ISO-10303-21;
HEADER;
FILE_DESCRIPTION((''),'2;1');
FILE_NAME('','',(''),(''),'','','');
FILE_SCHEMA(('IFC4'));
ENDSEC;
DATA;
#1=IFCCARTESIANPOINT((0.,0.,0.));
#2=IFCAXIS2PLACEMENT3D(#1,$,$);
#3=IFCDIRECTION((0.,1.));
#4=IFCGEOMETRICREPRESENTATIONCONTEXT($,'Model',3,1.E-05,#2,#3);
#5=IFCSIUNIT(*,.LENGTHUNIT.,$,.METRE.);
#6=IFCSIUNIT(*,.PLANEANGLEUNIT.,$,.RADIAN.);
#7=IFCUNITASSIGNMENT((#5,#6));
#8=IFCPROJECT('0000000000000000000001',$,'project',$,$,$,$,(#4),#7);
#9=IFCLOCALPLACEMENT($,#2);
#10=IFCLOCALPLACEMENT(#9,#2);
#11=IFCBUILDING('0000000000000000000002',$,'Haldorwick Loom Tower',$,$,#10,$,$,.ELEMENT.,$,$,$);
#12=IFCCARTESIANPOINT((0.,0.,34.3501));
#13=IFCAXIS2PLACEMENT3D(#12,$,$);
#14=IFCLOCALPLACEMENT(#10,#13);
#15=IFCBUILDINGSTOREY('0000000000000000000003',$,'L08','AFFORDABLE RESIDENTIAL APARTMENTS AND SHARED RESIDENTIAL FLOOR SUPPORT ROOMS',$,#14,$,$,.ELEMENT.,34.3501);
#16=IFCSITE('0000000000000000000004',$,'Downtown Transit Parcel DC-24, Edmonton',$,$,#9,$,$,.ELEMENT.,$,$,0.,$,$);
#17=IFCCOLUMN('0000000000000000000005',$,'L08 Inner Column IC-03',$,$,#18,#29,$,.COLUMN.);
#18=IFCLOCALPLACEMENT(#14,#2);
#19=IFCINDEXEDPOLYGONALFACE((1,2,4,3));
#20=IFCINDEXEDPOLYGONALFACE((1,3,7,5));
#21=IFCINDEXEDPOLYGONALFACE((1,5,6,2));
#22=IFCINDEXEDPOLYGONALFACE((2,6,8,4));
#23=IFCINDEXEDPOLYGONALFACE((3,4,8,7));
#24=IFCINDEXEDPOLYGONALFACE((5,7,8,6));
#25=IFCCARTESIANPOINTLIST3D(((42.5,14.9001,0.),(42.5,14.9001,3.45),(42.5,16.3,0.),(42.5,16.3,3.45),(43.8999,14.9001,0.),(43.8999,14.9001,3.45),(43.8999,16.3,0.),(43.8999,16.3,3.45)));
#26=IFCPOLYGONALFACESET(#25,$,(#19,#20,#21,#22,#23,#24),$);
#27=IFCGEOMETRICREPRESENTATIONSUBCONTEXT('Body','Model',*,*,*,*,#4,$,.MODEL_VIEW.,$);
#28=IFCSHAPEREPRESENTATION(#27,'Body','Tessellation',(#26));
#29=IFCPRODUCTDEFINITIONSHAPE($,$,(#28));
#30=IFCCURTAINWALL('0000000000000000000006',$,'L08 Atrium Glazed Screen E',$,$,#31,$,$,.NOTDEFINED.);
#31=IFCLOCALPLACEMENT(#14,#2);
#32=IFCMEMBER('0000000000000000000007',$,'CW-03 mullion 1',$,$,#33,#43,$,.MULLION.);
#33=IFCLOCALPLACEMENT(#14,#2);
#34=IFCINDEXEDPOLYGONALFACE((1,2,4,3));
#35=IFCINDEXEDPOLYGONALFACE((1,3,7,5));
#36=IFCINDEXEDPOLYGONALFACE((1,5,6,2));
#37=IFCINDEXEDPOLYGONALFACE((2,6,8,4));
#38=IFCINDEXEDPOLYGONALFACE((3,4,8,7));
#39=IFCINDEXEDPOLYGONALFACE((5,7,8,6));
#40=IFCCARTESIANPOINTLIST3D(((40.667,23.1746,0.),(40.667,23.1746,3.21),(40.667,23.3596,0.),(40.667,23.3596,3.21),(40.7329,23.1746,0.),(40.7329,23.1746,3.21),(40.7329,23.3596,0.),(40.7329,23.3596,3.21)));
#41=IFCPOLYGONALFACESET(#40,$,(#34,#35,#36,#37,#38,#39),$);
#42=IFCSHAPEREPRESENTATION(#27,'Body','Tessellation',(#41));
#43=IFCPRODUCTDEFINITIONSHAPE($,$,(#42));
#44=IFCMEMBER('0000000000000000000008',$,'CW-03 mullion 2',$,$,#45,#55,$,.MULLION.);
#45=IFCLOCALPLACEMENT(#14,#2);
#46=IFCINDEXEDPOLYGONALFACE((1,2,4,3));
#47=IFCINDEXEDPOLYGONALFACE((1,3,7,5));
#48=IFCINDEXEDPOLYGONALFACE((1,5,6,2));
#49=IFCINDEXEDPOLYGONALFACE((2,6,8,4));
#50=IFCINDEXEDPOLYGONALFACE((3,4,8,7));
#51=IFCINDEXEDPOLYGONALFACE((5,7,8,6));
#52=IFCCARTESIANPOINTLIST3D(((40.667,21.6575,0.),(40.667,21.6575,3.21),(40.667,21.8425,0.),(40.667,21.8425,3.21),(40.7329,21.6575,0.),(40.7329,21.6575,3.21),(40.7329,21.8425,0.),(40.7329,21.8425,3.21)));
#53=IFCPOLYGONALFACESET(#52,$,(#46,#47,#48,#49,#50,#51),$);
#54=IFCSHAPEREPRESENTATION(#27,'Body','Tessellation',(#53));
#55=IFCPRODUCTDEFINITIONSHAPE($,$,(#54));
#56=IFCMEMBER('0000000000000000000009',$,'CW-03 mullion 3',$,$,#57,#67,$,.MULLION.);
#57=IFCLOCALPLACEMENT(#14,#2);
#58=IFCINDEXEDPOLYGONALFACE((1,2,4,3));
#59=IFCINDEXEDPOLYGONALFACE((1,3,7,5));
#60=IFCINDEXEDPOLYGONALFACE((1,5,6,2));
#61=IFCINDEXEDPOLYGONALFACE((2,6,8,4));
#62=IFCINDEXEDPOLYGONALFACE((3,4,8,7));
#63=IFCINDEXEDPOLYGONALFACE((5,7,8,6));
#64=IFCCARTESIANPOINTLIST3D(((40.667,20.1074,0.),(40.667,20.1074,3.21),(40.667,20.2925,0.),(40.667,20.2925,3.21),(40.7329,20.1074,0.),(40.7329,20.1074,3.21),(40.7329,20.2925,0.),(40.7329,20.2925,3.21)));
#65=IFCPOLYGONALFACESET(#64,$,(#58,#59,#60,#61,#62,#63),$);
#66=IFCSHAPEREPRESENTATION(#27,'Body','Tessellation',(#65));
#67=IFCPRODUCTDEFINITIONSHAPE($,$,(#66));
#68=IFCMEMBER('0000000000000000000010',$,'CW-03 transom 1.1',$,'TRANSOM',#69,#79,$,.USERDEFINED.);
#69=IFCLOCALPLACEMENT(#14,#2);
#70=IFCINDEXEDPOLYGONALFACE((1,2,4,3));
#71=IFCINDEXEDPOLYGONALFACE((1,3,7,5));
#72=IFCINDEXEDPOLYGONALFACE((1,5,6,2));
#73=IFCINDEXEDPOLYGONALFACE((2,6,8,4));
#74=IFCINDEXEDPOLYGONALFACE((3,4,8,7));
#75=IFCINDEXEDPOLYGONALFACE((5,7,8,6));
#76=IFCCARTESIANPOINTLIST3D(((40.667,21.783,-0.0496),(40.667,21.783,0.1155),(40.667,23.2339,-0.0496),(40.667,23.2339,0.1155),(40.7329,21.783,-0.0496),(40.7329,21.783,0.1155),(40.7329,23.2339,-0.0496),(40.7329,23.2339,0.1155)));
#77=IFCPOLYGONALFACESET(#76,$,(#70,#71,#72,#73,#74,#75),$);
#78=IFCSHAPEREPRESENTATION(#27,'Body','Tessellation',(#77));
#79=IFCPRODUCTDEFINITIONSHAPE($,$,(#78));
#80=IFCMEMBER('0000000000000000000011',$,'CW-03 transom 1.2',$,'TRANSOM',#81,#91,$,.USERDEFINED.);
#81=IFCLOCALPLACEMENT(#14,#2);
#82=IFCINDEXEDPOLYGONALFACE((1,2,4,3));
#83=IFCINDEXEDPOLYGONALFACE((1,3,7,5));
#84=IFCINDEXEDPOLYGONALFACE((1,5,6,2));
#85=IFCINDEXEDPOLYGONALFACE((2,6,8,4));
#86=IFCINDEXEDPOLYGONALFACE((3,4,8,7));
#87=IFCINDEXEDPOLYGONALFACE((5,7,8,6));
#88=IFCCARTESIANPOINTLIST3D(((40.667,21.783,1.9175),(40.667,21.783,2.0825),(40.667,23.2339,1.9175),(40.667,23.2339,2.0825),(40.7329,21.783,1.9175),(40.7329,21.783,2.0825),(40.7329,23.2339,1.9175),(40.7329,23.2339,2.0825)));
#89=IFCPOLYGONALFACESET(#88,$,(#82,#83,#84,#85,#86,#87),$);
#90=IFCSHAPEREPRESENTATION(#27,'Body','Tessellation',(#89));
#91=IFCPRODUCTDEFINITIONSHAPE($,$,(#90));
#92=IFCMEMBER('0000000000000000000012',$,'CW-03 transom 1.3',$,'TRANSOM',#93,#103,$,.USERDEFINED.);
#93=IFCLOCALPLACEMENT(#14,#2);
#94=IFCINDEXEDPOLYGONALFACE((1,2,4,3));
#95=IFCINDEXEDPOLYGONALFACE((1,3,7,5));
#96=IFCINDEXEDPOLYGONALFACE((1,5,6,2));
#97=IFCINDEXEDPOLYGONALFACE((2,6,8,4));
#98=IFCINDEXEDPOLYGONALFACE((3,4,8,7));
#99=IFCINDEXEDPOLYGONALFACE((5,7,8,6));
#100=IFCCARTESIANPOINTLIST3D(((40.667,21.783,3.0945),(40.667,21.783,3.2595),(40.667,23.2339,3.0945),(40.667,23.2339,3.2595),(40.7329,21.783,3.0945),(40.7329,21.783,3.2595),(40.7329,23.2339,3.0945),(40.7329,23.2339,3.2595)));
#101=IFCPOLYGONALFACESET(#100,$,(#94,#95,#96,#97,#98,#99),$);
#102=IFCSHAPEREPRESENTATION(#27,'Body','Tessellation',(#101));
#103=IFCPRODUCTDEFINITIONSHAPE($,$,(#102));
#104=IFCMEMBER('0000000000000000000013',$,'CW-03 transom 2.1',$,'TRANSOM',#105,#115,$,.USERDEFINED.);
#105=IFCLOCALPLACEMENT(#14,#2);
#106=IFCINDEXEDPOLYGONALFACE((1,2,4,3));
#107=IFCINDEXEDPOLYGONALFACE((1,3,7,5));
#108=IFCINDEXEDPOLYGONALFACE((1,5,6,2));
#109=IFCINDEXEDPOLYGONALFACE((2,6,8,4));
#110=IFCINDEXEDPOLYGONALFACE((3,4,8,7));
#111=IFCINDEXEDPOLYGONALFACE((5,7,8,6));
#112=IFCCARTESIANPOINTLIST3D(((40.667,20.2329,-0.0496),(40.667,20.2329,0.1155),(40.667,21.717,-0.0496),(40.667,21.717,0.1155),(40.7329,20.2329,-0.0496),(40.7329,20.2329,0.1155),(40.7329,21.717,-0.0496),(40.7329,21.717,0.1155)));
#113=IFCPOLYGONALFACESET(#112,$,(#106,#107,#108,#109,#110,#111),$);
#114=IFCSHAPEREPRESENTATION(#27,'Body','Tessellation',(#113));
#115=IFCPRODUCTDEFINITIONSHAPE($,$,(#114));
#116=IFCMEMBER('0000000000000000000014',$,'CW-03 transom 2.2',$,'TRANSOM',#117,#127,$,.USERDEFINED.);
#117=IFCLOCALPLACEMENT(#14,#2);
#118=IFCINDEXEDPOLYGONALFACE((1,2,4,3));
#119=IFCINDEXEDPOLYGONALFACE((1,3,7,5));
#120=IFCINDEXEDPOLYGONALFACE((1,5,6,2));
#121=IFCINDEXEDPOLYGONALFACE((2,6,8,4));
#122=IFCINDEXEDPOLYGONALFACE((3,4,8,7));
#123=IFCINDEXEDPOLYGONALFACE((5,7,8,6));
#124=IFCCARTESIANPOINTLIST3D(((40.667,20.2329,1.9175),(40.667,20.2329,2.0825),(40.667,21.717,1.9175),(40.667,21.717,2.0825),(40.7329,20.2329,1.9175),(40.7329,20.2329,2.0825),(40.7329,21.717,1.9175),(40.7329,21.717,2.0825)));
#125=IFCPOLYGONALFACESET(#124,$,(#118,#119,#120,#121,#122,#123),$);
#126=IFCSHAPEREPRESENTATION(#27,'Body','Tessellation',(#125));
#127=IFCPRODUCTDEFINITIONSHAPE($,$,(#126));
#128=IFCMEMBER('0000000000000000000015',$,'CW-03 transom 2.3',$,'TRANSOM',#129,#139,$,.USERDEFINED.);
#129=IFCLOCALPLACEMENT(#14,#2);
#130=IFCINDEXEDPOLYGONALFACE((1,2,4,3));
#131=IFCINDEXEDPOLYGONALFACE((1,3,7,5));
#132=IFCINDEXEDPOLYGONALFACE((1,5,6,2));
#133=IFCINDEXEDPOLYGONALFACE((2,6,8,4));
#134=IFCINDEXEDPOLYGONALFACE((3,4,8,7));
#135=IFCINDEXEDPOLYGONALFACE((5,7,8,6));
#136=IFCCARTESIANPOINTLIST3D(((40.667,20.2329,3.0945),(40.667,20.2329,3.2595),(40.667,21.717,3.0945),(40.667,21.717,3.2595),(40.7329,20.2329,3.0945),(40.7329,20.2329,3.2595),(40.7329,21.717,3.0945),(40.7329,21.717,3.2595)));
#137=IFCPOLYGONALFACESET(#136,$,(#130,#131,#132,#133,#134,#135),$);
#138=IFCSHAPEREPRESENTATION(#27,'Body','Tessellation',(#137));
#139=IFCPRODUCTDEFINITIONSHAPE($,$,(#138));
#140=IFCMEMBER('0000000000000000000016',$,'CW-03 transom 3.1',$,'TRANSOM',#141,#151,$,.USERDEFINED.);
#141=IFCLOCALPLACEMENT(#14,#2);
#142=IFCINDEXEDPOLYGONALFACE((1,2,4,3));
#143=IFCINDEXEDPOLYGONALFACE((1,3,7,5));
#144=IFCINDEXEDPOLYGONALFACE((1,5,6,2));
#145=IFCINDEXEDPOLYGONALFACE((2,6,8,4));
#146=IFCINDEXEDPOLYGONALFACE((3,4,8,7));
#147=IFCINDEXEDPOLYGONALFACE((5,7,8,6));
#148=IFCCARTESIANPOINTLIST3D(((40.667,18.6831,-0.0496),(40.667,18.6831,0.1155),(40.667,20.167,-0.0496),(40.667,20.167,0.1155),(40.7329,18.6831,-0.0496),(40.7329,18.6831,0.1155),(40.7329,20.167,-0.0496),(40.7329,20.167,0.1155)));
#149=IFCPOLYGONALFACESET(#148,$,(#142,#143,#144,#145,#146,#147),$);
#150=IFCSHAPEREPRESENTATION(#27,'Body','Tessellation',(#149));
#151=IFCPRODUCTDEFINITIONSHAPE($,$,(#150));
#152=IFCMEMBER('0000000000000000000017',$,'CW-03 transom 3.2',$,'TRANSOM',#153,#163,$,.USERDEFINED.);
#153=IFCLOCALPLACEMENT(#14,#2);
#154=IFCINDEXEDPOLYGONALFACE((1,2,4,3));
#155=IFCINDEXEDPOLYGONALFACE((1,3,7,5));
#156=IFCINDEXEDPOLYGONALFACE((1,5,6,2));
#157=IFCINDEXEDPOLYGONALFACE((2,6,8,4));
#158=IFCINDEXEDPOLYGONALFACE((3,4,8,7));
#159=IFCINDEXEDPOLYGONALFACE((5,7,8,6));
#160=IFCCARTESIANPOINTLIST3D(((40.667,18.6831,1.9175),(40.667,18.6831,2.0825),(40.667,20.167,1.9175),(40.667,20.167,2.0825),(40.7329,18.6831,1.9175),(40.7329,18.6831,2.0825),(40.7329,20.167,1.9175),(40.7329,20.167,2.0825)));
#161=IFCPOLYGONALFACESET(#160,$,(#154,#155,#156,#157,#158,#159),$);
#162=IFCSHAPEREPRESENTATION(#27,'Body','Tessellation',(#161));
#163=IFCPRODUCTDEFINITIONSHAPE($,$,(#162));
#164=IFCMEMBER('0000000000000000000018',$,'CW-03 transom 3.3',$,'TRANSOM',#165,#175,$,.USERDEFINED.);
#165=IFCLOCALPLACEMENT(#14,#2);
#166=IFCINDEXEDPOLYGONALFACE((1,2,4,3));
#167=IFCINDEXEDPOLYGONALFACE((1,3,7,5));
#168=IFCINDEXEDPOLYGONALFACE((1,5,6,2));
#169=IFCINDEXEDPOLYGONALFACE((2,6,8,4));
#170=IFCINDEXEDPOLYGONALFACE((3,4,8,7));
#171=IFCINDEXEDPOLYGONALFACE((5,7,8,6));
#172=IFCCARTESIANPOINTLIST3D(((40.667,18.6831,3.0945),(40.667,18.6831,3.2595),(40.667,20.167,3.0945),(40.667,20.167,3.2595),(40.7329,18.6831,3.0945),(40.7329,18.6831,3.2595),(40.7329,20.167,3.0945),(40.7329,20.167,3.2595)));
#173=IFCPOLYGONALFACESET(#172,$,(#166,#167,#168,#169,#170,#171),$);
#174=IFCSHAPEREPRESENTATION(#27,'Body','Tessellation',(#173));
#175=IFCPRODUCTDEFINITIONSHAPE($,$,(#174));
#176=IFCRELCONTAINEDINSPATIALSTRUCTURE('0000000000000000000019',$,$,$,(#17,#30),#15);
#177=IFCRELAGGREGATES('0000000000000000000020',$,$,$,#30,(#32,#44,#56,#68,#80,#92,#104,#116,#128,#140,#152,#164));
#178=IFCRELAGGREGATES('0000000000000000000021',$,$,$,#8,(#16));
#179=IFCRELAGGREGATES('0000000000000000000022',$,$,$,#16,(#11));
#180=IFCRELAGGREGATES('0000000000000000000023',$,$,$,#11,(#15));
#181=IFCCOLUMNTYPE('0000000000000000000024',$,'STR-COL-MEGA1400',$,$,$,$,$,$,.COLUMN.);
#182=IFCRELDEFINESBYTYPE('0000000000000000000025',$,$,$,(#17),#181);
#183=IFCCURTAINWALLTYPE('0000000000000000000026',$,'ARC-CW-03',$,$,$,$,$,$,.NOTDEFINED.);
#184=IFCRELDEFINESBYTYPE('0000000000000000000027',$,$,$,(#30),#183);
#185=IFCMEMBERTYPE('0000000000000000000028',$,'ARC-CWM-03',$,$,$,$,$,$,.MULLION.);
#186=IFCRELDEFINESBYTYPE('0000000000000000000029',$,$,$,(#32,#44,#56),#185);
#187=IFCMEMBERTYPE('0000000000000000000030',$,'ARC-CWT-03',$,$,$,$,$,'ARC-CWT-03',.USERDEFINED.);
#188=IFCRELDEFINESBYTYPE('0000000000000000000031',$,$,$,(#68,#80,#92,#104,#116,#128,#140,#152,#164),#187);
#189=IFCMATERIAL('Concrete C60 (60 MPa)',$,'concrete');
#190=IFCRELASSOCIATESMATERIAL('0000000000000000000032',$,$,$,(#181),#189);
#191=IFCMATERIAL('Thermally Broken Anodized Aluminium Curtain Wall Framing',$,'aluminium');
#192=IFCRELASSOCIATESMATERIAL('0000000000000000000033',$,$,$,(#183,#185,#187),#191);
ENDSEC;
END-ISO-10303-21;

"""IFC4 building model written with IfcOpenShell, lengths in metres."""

from ifc_helpers import new_model, si_unit, direction, frame, origin, origin_2d, place, context, subcontext, project, spatial, rectangle, extrude, material, material_profile, profile_set, type_object, element, aggregate, save


model = new_model("IFC4")

# Units and contexts
model_context = context("Model", 3, precision=1e-05, world=origin(), true_north=direction((0.0, 1.0)))
body_context = subcontext(model_context, "Body", "Model", "MODEL_VIEW")
ifc_project = project(units=[si_unit("LENGTHUNIT", "METRE"), si_unit("PLANEANGLEUNIT", "RADIAN")], contexts=[model_context])

# Site, building, storey
site_placement = place(None, origin())
site = spatial("IfcSite", under=ifc_project, at=site_placement, Name="Downtown Transit Parcel DC-24, Edmonton", CompositionType="ELEMENT", RefElevation=0.0)
building_placement = place(site_placement, origin())
building = spatial("IfcBuilding", under=site, at=building_placement, Name="Haldorwick Loom Tower", CompositionType="ELEMENT")
storey_placement = place(building_placement, frame((0.0, 0.0, 34.3501)))
storey = spatial("IfcBuildingStorey", under=building, at=storey_placement, Name="L08", Description="AFFORDABLE RESIDENTIAL APARTMENTS AND SHARED RESIDENTIAL FLOOR SUPPORT ROOMS", CompositionType="ELEMENT", Elevation=34.3501)

# Column
ifc_material_1 = material(Name="Concrete C60 (60 MPa)", Category="concrete")
ifc_material_profile_1 = material_profile(ifc_material_1, rectangle(XDim=1.3999, YDim=1.3999, at=origin_2d()), Name="RC1400X1400", Category="concrete")
ifc_profile_set_1 = profile_set([ifc_material_profile_1], Name="Concrete C60 (60 MPa)")
column_type = type_object("IfcColumnType", Name="STR-COL-MEGA1400", PredefinedType="COLUMN", material=ifc_profile_set_1)
column_placement = place(storey_placement, frame((43.2, 15.6001, 0.0), z_axis=(0.0, 0.0, 1.0), x_axis=(1.0, 0.0, 0.0)))
element("IfcColumn", 1, at=column_placement, inside=storey, type_object=column_type, Name="L08 Inner Column IC-03", PredefinedType="COLUMN", context=body_context, shape_type="SweptSolid", body=[
    extrude(rectangle(XDim=1.3999, YDim=1.3999, at=origin_2d()), origin(), (0.0, 0.0, 1.0), 3.45),
])

# Curtain wall, members
ifc_material_2 = material(Name="Thermally Broken Anodized Aluminium Curtain Wall Framing", Category="aluminium")
curtain_wall_type = type_object("IfcCurtainWallType", Name="ARC-CW-03", PredefinedType="NOTDEFINED", material=ifc_material_2)
curtain_wall_placement = place(storey_placement, origin())
curtain_wall = element("IfcCurtainWall", 2, at=curtain_wall_placement, inside=storey, type_object=curtain_wall_type, Name="L08 Atrium Glazed Screen E", PredefinedType="NOTDEFINED")
ifc_material_profile_2 = material_profile(ifc_material_2, rectangle(XDim=0.0659, YDim=0.1851, at=origin_2d()), Name="ALU_MUL_66X185", Category="aluminium")
ifc_profile_set_2 = profile_set([ifc_material_profile_2], Name="Thermally Broken Anodized Aluminium Curtain Wall Framing")
member_type_1 = type_object("IfcMemberType", Name="ARC-CWM-03", PredefinedType="MULLION", material=ifc_profile_set_2)
member_1_placement = place(storey_placement, frame((40.7, 23.2671, 0.0), z_axis=(0.0, 0.0, 1.0), x_axis=(1.0, 0.0, 0.0)))
member_1 = element("IfcMember", 3, at=member_1_placement, type_object=member_type_1, Name="CW-03 mullion 1", PredefinedType="MULLION", context=body_context, shape_type="SweptSolid", body=[
    extrude(rectangle(XDim=0.0659, YDim=0.1851, at=origin_2d()), origin(), (0.0, 0.0, 1.0), 3.21),
])
member_2_placement = place(storey_placement, frame((40.7, 21.75, 0.0), z_axis=(0.0, 0.0, 1.0), x_axis=(1.0, 0.0, 0.0)))
member_2 = element("IfcMember", 4, at=member_2_placement, type_object=member_type_1, Name="CW-03 mullion 2", PredefinedType="MULLION", context=body_context, shape_type="SweptSolid", body=[
    extrude(rectangle(XDim=0.0659, YDim=0.1851, at=origin_2d()), origin(), (0.0, 0.0, 1.0), 3.21),
])
member_3_placement = place(storey_placement, frame((40.7, 20.2, 0.0), z_axis=(0.0, 0.0, 1.0), x_axis=(1.0, 0.0, 0.0)))
member_3 = element("IfcMember", 5, at=member_3_placement, type_object=member_type_1, Name="CW-03 mullion 3", PredefinedType="MULLION", context=body_context, shape_type="SweptSolid", body=[
    extrude(rectangle(XDim=0.0659, YDim=0.1851, at=origin_2d()), origin(), (0.0, 0.0, 1.0), 3.21),
])
ifc_material_profile_3 = material_profile(ifc_material_2, rectangle(XDim=0.0659, YDim=0.165, at=origin_2d()), Name="ALU_TRN_66X165", Category="aluminium")
ifc_profile_set_3 = profile_set([ifc_material_profile_3], Name="Thermally Broken Anodized Aluminium Curtain Wall Framing")
member_type_2 = type_object("IfcMemberType", Name="ARC-CWT-03", ElementType="ARC-CWT-03", PredefinedType="USERDEFINED", material=ifc_profile_set_3)
member_4_placement = place(storey_placement, frame((40.7, 23.2339, 0.033), z_axis=(0.0, -1.0, 0.0), x_axis=(1.0, 0.0, 0.0)))
member_4 = element("IfcMember", 6, at=member_4_placement, type_object=member_type_2, Name="CW-03 transom 1.1", ObjectType="TRANSOM", PredefinedType="USERDEFINED", context=body_context, shape_type="SweptSolid", body=[
    extrude(rectangle(XDim=0.0659, YDim=0.165, at=origin_2d()), origin(), (0.0, 0.0, 1.0), 1.4509),
])
member_5_placement = place(storey_placement, frame((40.7, 23.2339, 2.0), z_axis=(0.0, -1.0, 0.0), x_axis=(1.0, 0.0, 0.0)))
member_5 = element("IfcMember", 7, at=member_5_placement, type_object=member_type_2, Name="CW-03 transom 1.2", ObjectType="TRANSOM", PredefinedType="USERDEFINED", context=body_context, shape_type="SweptSolid", body=[
    extrude(rectangle(XDim=0.0659, YDim=0.165, at=origin_2d()), origin(), (0.0, 0.0, 1.0), 1.4509),
])
member_6_placement = place(storey_placement, frame((40.7, 23.2339, 3.177), z_axis=(0.0, -1.0, 0.0), x_axis=(1.0, 0.0, 0.0)))
member_6 = element("IfcMember", 8, at=member_6_placement, type_object=member_type_2, Name="CW-03 transom 1.3", ObjectType="TRANSOM", PredefinedType="USERDEFINED", context=body_context, shape_type="SweptSolid", body=[
    extrude(rectangle(XDim=0.0659, YDim=0.165, at=origin_2d()), origin(), (0.0, 0.0, 1.0), 1.4509),
])
member_7_placement = place(storey_placement, frame((40.7, 21.717, 0.033), z_axis=(0.0, -1.0, 0.0), x_axis=(1.0, 0.0, 0.0)))
member_7 = element("IfcMember", 9, at=member_7_placement, type_object=member_type_2, Name="CW-03 transom 2.1", ObjectType="TRANSOM", PredefinedType="USERDEFINED", context=body_context, shape_type="SweptSolid", body=[
    extrude(rectangle(XDim=0.0659, YDim=0.165, at=origin_2d()), origin(), (0.0, 0.0, 1.0), 1.4841),
])
member_8_placement = place(storey_placement, frame((40.7, 21.717, 2.0), z_axis=(0.0, -1.0, 0.0), x_axis=(1.0, 0.0, 0.0)))
member_8 = element("IfcMember", 10, at=member_8_placement, type_object=member_type_2, Name="CW-03 transom 2.2", ObjectType="TRANSOM", PredefinedType="USERDEFINED", context=body_context, shape_type="SweptSolid", body=[
    extrude(rectangle(XDim=0.0659, YDim=0.165, at=origin_2d()), origin(), (0.0, 0.0, 1.0), 1.4841),
])
member_9_placement = place(storey_placement, frame((40.7, 21.717, 3.177), z_axis=(0.0, -1.0, 0.0), x_axis=(1.0, 0.0, 0.0)))
member_9 = element("IfcMember", 11, at=member_9_placement, type_object=member_type_2, Name="CW-03 transom 2.3", ObjectType="TRANSOM", PredefinedType="USERDEFINED", context=body_context, shape_type="SweptSolid", body=[
    extrude(rectangle(XDim=0.0659, YDim=0.165, at=origin_2d()), origin(), (0.0, 0.0, 1.0), 1.4841),
])
member_10_placement = place(storey_placement, frame((40.7, 20.167, 0.033), z_axis=(0.0, -1.0, 0.0), x_axis=(1.0, 0.0, 0.0)))
member_10 = element("IfcMember", 12, at=member_10_placement, type_object=member_type_2, Name="CW-03 transom 3.1", ObjectType="TRANSOM", PredefinedType="USERDEFINED", context=body_context, shape_type="SweptSolid", body=[
    extrude(rectangle(XDim=0.0659, YDim=0.165, at=origin_2d()), origin(), (0.0, 0.0, 1.0), 1.4839),
])
member_11_placement = place(storey_placement, frame((40.7, 20.167, 2.0), z_axis=(0.0, -1.0, 0.0), x_axis=(1.0, 0.0, 0.0)))
member_11 = element("IfcMember", 13, at=member_11_placement, type_object=member_type_2, Name="CW-03 transom 3.2", ObjectType="TRANSOM", PredefinedType="USERDEFINED", context=body_context, shape_type="SweptSolid", body=[
    extrude(rectangle(XDim=0.0659, YDim=0.165, at=origin_2d()), origin(), (0.0, 0.0, 1.0), 1.4839),
])
member_12_placement = place(storey_placement, frame((40.7, 20.167, 3.177), z_axis=(0.0, -1.0, 0.0), x_axis=(1.0, 0.0, 0.0)))
member_12 = element("IfcMember", 14, at=member_12_placement, type_object=member_type_2, Name="CW-03 transom 3.3", ObjectType="TRANSOM", PredefinedType="USERDEFINED", context=body_context, shape_type="SweptSolid", body=[
    extrude(rectangle(XDim=0.0659, YDim=0.165, at=origin_2d()), origin(), (0.0, 0.0, 1.0), 1.4839),
])

aggregate(curtain_wall, [member_1, member_2, member_3, member_4, member_5, member_6, member_7, member_8, member_9, member_10, member_11, member_12])

save(model, "model.ifc")
